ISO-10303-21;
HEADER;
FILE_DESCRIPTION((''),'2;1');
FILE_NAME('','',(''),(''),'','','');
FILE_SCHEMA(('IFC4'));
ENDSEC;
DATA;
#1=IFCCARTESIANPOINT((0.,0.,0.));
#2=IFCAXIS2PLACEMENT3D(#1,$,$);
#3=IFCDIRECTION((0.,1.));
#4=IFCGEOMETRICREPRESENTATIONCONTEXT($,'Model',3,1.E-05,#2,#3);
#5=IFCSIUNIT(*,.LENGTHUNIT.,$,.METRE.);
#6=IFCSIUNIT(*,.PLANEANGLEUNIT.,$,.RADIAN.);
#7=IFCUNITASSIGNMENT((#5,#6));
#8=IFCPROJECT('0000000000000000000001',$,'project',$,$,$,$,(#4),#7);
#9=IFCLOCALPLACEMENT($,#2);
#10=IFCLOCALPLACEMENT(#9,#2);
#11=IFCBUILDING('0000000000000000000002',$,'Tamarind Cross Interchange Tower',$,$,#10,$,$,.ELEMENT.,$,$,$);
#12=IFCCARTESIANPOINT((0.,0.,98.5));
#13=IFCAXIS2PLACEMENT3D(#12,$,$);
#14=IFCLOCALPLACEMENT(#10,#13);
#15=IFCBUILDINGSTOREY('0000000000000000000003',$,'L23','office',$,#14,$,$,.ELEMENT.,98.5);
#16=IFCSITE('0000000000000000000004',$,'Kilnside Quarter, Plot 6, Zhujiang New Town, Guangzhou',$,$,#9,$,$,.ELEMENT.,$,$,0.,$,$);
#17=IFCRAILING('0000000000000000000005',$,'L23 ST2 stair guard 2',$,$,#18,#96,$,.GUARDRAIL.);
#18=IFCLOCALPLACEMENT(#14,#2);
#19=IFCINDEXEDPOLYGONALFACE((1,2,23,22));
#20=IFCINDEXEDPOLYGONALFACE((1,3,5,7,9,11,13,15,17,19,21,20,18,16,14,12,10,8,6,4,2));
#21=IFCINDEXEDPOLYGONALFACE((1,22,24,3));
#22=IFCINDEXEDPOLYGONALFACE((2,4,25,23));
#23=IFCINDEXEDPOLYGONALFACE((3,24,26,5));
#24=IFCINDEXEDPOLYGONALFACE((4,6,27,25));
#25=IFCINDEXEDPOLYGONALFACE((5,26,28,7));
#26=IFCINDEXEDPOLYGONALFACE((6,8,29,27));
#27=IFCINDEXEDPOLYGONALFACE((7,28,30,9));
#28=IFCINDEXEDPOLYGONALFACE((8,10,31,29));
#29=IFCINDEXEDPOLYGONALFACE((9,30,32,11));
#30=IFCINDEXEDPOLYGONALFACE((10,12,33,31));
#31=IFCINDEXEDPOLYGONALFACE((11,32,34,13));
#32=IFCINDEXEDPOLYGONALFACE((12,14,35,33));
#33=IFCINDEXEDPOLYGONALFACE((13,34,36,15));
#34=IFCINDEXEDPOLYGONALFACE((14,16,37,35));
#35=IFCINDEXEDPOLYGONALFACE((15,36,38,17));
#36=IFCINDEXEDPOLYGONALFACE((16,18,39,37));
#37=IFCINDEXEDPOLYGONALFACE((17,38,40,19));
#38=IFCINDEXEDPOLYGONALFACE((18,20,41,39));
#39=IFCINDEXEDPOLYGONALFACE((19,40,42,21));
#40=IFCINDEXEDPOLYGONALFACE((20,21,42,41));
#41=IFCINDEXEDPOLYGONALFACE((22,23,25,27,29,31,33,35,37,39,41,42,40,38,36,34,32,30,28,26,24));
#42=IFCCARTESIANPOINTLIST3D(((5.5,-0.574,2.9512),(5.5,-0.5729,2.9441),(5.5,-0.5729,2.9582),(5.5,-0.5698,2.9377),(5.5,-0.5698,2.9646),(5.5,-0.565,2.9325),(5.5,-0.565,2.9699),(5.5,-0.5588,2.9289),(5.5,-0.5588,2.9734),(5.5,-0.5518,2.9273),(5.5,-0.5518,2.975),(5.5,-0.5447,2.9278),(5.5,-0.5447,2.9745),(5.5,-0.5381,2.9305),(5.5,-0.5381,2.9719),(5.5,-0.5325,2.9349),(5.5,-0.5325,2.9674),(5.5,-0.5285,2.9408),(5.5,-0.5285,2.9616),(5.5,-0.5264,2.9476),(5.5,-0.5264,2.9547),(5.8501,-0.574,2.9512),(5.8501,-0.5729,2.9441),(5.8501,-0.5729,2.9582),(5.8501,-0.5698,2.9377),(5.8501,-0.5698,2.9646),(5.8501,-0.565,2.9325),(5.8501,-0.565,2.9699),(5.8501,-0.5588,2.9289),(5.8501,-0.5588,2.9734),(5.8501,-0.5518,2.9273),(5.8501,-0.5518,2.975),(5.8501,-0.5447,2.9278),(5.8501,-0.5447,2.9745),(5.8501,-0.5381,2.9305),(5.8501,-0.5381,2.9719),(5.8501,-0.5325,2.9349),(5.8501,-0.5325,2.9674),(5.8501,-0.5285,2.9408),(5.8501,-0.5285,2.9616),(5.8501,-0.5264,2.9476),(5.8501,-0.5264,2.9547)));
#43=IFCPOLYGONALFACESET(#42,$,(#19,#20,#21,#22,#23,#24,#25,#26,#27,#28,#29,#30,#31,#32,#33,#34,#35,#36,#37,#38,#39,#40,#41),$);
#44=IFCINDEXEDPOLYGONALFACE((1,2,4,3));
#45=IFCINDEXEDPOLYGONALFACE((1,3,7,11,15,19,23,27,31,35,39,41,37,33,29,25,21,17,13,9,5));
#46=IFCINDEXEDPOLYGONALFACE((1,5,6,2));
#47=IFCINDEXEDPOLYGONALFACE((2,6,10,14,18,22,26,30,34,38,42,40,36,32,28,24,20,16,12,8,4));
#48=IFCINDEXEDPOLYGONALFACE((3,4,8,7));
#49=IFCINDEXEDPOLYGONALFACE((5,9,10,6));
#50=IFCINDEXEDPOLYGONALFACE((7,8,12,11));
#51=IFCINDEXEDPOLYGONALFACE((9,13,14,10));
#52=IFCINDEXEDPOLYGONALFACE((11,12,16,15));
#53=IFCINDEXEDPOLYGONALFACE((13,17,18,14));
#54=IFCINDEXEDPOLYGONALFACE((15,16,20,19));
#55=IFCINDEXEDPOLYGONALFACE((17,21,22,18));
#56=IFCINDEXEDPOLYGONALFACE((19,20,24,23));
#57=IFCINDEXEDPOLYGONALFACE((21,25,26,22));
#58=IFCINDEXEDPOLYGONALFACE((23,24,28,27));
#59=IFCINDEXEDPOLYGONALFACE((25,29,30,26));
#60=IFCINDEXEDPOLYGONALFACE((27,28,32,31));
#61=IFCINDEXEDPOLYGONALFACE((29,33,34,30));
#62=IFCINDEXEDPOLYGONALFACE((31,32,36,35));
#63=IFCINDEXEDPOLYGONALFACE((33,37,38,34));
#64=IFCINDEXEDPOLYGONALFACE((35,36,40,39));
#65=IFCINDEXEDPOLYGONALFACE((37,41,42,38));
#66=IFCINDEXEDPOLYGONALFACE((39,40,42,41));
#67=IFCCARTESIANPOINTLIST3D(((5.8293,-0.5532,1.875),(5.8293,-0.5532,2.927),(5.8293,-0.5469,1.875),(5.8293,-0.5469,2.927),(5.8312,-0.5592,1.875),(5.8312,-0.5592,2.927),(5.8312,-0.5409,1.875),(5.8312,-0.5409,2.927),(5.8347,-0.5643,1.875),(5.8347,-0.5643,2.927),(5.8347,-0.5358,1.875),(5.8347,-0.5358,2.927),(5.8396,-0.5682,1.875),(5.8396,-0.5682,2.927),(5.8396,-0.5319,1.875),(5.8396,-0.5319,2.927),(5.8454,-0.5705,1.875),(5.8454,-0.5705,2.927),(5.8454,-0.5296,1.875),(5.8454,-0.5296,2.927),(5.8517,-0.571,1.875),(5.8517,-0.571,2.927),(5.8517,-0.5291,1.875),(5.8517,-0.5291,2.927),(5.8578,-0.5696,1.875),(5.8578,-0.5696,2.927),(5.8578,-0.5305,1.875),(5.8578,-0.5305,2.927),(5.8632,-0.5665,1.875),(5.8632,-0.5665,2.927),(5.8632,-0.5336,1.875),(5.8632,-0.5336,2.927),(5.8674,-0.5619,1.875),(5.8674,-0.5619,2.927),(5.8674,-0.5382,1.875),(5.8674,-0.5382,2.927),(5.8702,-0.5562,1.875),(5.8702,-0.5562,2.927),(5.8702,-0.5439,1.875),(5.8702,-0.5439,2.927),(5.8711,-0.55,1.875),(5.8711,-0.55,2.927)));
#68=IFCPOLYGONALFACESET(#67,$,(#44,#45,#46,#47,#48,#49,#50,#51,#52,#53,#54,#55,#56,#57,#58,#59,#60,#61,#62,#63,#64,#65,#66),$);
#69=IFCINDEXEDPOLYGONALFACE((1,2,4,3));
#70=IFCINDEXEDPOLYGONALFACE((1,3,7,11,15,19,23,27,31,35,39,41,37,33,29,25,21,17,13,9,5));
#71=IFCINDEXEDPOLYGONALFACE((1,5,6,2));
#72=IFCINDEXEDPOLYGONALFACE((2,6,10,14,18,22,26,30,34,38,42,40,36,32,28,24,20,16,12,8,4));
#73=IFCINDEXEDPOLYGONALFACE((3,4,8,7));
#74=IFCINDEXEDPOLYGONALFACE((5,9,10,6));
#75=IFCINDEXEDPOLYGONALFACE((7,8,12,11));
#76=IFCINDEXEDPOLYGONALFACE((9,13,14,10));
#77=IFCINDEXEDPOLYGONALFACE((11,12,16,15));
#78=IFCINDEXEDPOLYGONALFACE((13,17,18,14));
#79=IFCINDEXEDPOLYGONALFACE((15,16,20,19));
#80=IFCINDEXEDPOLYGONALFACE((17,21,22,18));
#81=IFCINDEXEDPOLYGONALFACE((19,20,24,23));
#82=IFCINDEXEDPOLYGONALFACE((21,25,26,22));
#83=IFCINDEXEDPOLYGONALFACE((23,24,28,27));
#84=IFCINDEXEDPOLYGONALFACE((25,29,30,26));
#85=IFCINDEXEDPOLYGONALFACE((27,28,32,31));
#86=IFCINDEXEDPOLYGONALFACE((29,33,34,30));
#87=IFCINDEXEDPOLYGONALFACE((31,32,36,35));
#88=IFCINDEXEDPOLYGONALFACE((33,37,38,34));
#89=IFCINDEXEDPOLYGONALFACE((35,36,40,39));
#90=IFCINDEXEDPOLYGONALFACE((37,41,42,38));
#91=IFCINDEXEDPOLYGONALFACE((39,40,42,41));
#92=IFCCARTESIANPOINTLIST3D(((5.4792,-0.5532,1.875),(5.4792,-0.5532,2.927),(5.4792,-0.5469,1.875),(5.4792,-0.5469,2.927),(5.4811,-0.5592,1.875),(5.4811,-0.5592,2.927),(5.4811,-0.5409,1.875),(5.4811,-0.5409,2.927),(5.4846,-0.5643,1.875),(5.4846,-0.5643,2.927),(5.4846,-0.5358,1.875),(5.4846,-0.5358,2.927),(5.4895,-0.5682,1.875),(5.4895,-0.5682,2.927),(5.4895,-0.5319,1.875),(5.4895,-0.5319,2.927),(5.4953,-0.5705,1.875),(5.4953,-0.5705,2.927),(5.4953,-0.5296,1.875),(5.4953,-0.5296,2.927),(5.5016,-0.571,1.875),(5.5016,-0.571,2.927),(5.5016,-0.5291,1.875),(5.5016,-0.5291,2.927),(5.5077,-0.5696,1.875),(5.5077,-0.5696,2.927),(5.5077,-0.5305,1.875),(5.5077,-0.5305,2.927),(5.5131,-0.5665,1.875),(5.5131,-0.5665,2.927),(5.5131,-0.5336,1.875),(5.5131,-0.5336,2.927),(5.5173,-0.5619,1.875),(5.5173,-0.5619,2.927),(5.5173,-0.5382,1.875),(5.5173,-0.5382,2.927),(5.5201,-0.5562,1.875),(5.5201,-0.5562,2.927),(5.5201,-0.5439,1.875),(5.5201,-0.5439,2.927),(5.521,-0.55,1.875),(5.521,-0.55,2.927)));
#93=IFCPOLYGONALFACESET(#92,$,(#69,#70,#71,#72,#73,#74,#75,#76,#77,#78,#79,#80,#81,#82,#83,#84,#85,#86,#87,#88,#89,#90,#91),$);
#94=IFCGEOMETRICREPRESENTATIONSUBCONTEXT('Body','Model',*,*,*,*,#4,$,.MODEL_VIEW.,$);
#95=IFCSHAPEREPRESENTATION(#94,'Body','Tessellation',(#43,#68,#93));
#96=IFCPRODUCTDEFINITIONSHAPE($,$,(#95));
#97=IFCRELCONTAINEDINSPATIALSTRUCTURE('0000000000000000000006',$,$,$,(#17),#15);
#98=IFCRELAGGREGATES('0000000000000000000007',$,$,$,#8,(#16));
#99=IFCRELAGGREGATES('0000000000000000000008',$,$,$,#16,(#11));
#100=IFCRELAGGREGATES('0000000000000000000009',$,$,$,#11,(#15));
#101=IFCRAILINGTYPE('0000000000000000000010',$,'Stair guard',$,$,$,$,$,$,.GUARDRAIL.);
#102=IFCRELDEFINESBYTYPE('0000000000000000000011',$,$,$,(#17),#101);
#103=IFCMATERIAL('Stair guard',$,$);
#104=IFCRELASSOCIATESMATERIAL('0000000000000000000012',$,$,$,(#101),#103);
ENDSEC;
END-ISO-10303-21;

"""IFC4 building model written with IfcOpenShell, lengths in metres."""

from ifc_helpers import new_model, si_unit, direction, frame, origin, origin_2d, place, context, subcontext, project, spatial, circle, extrude, material, type_object, element, save


model = new_model("IFC4")

# Units and contexts
model_context = context("Model", 3, precision=1e-05, world=origin(), true_north=direction((0.0, 1.0)))
body_context = subcontext(model_context, "Body", "Model", "MODEL_VIEW")
ifc_project = project(units=[si_unit("LENGTHUNIT", "METRE"), si_unit("PLANEANGLEUNIT", "RADIAN")], contexts=[model_context])

# Site, building, storey
site_placement = place(None, origin())
site = spatial("IfcSite", under=ifc_project, at=site_placement, Name="Kilnside Quarter, Plot 6, Zhujiang New Town, Guangzhou", CompositionType="ELEMENT", RefElevation=0.0)
building_placement = place(site_placement, origin())
building = spatial("IfcBuilding", under=site, at=building_placement, Name="Tamarind Cross Interchange Tower", CompositionType="ELEMENT")
storey_placement = place(building_placement, frame((0.0, 0.0, 98.5)))
storey = spatial("IfcBuildingStorey", under=building, at=storey_placement, Name="L23", Description="office", CompositionType="ELEMENT", Elevation=98.5)

# Railing
ifc_material_1 = material(Name="Stair guard")
railing_type_1 = type_object("IfcRailingType", Name="Stair guard", PredefinedType="GUARDRAIL", material=ifc_material_1)
railing_1_placement = place(storey_placement, frame((5.8501, -0.55, 1.875)))
element("IfcRailing", 1, at=railing_1_placement, inside=storey, type_object=railing_type_1, Name="L23 ST2 stair guard 2", PredefinedType="GUARDRAIL", context=body_context, shape_type="SweptSolid", body=[
    extrude(circle(Radius=0.0239, at=origin_2d()), frame((0.0, 0.0, 1.0762), z_axis=(-1.0, 0.0, 0.0), x_axis=(0.0, -1.0, 0.0)), (0.0, 0.0, 1.0), 0.3501),
    extrude(circle(Radius=0.021, at=origin_2d()), origin(), (0.0, 0.0, 1.0), 1.052),
    extrude(circle(Radius=0.021, at=origin_2d()), frame((-0.3501, 0.0, 0.0)), (0.0, 0.0, 1.0), 1.052),
])

save(model, "model.ifc")
